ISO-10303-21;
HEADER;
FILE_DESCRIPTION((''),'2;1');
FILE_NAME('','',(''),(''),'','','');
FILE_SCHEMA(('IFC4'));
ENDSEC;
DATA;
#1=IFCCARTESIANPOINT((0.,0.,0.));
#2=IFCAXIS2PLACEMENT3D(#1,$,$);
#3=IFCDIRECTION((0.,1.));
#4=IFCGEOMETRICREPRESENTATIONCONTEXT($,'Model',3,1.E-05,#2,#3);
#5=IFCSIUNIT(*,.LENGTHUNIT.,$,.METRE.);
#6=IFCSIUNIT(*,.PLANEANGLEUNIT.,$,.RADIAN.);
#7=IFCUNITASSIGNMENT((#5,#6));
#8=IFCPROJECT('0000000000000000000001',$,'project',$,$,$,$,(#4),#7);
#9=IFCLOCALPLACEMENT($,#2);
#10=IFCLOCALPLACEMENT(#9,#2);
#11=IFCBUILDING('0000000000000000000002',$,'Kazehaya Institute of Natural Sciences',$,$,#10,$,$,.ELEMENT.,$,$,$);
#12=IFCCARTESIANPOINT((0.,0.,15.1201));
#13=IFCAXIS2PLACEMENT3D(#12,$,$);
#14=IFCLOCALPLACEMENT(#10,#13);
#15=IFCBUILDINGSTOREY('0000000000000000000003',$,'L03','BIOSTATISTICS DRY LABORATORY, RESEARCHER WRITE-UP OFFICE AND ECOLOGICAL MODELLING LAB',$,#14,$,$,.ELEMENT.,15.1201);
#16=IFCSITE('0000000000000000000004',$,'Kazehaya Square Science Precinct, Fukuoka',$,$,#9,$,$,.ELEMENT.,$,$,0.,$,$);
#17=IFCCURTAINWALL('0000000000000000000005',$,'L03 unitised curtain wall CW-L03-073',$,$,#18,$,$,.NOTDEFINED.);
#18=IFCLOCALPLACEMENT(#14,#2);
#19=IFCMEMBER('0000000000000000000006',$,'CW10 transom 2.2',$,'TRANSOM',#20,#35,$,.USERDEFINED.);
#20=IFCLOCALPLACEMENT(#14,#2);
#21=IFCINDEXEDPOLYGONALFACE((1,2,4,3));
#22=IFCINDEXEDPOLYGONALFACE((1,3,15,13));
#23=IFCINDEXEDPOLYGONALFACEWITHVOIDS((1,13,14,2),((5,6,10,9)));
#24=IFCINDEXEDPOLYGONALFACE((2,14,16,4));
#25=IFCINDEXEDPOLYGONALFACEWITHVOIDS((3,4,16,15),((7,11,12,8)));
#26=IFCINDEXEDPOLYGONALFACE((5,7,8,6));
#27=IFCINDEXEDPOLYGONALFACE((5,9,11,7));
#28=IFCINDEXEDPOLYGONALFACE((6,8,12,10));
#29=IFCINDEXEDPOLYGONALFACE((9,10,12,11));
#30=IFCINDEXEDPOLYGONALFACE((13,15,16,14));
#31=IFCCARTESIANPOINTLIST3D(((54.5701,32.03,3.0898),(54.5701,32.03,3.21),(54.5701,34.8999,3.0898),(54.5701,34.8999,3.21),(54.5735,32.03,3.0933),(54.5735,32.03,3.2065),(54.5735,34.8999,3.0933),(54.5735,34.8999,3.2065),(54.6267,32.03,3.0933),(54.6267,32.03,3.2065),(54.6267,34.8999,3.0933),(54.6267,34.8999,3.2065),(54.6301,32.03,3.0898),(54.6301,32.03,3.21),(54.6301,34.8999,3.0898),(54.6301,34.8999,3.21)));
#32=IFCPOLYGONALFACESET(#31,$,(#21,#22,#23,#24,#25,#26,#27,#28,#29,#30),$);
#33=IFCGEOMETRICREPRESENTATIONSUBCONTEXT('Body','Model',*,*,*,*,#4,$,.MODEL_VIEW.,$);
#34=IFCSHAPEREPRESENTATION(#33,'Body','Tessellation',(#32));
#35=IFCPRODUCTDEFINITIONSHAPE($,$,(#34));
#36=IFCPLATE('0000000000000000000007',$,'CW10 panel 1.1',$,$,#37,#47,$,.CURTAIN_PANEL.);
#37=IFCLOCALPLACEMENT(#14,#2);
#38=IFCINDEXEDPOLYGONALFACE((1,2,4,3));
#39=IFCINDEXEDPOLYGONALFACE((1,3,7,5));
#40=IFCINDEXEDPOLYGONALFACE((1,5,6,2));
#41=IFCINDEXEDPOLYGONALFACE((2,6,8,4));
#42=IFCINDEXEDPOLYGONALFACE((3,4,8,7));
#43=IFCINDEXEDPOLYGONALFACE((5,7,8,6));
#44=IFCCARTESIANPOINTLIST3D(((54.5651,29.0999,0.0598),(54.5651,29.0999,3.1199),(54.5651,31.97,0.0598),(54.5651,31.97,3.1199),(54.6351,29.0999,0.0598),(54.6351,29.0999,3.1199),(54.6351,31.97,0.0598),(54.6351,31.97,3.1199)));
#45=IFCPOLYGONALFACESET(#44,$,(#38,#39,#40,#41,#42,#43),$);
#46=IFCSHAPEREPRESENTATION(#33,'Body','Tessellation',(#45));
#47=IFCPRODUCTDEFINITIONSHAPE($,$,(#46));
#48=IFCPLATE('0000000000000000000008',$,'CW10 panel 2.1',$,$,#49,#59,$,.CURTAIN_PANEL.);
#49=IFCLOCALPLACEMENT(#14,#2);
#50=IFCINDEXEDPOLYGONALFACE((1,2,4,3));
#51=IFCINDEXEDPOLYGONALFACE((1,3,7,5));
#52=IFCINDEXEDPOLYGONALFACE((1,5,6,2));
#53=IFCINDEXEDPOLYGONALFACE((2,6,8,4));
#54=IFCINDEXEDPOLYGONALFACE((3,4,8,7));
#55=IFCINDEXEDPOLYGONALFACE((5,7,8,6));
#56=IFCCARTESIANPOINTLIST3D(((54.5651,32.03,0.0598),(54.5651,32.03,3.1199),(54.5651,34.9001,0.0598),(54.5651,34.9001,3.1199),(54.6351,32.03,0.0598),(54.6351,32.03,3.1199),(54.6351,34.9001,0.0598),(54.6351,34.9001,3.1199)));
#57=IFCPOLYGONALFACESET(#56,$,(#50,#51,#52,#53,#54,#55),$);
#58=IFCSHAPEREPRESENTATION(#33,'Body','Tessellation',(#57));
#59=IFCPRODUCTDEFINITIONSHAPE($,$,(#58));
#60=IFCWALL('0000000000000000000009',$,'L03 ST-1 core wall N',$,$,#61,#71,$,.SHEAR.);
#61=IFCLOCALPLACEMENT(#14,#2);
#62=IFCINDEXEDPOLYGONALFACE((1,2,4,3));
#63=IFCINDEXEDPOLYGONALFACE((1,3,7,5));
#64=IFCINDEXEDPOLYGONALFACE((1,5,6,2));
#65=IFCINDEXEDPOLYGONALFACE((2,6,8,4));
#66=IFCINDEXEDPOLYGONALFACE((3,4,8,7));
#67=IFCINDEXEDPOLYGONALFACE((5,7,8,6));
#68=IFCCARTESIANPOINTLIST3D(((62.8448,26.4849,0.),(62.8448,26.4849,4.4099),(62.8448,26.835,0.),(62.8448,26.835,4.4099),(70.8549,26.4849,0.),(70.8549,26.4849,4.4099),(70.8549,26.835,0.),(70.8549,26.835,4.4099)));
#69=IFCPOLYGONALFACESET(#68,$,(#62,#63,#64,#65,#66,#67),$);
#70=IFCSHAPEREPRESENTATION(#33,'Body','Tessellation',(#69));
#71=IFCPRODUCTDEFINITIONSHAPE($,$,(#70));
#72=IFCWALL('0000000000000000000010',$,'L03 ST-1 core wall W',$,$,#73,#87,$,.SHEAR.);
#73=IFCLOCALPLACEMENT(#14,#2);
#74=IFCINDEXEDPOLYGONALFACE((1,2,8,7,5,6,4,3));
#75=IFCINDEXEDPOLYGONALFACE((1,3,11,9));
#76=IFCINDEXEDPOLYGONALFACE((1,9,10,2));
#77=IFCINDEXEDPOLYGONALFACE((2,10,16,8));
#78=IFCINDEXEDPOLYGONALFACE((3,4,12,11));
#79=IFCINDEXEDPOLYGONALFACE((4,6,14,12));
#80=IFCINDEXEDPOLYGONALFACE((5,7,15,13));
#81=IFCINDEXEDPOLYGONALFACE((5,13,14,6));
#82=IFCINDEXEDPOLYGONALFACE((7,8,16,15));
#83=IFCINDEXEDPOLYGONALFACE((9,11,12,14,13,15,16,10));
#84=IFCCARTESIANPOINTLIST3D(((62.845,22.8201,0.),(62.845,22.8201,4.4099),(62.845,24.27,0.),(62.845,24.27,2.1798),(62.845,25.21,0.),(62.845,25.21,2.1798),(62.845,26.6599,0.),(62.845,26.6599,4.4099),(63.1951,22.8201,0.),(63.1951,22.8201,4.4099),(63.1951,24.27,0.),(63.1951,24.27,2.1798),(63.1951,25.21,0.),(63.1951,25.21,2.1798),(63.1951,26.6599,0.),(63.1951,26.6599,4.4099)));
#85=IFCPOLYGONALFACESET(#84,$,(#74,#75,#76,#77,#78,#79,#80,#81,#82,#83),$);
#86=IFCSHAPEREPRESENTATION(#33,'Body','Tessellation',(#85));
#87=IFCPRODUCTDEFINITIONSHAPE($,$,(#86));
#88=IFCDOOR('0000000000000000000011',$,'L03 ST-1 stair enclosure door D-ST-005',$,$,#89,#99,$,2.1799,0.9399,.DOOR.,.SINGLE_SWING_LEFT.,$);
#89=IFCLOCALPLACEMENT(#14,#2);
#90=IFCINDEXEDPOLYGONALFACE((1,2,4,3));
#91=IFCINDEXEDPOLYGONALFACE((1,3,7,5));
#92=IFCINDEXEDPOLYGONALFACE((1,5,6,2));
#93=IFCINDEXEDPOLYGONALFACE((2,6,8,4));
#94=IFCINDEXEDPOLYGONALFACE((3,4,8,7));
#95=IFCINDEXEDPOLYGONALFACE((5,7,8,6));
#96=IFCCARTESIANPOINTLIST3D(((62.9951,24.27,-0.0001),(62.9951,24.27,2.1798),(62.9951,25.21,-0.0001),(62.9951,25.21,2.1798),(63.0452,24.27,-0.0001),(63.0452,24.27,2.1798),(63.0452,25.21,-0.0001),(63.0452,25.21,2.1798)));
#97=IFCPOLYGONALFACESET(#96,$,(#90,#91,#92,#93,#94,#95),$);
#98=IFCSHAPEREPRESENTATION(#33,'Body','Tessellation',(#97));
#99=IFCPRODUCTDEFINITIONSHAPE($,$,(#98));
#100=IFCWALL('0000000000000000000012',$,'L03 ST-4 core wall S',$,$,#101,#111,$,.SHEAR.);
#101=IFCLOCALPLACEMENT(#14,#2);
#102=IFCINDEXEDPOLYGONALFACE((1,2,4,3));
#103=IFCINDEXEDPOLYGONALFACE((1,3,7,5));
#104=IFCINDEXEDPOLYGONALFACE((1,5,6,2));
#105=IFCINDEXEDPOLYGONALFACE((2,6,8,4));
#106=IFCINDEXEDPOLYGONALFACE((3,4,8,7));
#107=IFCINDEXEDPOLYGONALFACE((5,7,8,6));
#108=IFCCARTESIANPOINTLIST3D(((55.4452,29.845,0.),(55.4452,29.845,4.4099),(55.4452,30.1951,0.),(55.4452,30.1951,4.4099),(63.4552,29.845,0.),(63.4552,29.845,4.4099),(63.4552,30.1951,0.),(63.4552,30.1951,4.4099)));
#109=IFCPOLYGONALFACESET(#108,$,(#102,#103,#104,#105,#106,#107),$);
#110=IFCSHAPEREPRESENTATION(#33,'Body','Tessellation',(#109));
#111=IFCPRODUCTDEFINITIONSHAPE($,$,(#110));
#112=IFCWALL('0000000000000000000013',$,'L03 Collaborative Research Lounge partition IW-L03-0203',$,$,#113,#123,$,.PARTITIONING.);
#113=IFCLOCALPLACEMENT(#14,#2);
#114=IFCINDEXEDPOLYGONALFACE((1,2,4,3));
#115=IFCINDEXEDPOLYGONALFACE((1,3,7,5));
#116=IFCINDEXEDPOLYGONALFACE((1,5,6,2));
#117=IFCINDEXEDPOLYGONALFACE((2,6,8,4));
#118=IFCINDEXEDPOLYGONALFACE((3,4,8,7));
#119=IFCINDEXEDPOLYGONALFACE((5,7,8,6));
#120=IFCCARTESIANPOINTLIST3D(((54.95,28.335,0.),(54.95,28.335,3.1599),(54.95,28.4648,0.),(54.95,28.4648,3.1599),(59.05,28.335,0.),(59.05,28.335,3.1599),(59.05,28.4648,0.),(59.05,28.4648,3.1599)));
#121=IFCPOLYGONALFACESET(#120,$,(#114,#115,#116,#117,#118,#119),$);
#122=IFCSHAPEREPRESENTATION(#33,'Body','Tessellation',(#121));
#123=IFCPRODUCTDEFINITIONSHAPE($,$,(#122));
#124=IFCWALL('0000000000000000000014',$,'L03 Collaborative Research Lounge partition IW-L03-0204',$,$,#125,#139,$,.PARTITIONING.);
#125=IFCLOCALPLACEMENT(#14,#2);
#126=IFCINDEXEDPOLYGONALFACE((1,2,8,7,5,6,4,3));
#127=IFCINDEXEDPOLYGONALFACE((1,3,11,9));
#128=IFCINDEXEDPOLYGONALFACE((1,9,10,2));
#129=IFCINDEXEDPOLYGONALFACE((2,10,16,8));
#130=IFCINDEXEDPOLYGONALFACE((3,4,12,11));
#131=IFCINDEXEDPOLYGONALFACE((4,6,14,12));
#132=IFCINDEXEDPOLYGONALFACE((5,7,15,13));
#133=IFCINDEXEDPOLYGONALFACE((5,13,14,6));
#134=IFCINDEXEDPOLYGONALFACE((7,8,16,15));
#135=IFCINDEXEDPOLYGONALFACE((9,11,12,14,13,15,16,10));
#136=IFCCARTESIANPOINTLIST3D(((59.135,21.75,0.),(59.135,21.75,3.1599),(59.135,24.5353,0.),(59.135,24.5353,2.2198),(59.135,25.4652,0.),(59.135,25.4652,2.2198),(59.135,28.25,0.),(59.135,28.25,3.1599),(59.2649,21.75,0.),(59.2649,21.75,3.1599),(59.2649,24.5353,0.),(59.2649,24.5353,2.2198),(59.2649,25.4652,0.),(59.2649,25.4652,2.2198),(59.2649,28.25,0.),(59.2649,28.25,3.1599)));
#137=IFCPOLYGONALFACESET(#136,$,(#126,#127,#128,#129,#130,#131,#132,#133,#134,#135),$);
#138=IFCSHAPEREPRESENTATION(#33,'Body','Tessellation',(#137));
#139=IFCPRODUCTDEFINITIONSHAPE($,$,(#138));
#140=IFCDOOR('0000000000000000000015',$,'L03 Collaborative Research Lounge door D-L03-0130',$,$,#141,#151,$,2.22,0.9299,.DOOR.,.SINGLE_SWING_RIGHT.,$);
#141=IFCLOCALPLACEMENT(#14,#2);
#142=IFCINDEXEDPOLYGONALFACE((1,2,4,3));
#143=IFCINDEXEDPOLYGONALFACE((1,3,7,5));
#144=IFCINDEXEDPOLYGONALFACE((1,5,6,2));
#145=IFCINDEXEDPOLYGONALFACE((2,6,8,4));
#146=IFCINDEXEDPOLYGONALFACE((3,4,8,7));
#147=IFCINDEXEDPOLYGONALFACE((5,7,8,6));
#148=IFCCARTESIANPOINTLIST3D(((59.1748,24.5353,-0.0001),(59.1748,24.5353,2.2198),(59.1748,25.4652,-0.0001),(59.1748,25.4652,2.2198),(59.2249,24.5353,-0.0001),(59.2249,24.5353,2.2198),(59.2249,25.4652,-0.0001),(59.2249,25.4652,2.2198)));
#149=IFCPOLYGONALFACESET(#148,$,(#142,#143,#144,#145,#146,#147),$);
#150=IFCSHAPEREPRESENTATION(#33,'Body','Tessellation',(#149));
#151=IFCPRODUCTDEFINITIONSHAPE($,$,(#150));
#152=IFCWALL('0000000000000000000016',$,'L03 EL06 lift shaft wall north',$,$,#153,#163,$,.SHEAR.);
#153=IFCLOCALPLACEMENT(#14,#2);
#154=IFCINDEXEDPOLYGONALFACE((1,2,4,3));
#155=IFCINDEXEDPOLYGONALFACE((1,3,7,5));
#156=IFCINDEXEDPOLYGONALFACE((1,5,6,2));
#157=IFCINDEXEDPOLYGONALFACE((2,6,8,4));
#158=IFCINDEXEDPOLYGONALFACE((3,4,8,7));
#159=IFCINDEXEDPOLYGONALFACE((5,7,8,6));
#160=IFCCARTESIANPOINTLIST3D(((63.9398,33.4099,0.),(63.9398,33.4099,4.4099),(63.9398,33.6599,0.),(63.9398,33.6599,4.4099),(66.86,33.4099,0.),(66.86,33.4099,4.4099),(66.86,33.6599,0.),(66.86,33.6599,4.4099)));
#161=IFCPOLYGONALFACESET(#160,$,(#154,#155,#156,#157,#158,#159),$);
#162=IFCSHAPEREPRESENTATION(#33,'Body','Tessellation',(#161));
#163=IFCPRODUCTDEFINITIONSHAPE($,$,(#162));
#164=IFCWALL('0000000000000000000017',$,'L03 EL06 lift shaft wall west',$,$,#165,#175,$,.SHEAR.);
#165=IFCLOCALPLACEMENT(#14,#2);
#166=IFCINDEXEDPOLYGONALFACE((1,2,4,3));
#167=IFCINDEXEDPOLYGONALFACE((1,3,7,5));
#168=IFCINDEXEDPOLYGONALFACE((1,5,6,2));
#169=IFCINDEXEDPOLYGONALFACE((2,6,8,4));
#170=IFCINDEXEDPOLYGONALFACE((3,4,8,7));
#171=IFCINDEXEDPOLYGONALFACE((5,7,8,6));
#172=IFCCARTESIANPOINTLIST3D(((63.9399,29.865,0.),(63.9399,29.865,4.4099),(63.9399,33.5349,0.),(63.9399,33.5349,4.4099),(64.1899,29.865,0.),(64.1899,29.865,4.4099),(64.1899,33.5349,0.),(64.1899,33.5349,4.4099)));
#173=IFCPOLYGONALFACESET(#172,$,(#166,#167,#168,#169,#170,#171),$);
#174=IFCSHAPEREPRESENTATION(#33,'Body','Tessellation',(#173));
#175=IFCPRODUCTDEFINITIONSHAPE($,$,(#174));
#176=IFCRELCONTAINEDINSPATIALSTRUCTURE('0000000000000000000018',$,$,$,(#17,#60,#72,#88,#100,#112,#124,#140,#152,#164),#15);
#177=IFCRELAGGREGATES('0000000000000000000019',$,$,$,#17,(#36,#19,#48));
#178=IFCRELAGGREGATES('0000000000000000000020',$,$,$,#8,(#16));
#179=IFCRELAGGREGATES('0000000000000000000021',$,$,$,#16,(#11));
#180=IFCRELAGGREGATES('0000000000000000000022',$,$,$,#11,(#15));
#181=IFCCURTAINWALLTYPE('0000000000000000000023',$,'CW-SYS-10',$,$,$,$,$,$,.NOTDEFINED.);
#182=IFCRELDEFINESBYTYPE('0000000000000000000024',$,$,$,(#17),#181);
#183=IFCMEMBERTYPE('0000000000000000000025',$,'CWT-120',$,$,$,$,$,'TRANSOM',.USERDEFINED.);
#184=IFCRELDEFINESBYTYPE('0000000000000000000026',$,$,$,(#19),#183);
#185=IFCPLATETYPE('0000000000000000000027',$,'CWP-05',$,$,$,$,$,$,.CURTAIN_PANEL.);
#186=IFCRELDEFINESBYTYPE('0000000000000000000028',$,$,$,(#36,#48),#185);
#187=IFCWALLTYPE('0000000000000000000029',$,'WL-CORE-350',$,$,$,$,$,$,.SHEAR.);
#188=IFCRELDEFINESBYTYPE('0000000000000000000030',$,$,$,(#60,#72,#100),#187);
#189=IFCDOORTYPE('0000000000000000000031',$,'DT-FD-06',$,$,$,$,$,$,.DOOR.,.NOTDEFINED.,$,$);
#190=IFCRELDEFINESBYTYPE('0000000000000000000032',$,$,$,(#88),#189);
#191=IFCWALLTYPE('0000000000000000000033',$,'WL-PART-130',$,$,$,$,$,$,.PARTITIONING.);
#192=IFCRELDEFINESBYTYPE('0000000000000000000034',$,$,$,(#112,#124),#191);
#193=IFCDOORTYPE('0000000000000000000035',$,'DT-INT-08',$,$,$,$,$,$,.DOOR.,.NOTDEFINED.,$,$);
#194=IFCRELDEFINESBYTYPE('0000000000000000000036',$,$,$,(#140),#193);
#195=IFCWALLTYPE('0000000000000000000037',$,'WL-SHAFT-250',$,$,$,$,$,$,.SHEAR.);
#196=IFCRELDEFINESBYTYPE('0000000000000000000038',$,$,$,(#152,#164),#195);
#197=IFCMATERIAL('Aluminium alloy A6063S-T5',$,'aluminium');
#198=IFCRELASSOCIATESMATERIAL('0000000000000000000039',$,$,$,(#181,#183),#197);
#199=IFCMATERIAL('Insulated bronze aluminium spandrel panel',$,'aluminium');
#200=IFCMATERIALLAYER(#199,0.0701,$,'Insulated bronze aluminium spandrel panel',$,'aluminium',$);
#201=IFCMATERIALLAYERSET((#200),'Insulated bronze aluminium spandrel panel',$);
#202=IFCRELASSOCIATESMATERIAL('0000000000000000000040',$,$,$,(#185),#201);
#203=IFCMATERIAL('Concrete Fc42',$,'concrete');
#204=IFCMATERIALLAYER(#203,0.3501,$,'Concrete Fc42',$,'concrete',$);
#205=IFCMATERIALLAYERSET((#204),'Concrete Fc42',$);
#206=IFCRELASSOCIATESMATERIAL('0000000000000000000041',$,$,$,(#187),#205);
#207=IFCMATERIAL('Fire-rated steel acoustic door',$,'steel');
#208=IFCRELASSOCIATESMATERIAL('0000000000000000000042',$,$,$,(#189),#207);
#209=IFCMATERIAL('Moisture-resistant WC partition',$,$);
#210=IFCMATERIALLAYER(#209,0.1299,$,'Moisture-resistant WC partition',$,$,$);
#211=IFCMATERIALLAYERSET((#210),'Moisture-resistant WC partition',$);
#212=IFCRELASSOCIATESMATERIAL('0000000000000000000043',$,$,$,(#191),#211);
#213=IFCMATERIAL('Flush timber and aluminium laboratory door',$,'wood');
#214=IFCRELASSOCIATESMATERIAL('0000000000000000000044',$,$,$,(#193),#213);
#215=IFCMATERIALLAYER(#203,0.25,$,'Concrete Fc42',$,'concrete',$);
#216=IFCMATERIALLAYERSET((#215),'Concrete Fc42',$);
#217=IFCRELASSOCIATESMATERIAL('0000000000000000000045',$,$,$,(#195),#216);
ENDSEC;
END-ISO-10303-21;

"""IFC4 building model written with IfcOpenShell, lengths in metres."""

from ifc_helpers import new_model, si_unit, direction, frame, frame_2d, origin, origin_2d, place, context, subcontext, project, spatial, rectangle, hollow_rectangle, extrude, material, layer, layer_set, material_profile, profile_set, type_object, element, fill, aggregate, save


model = new_model("IFC4")

# Units and contexts
model_context = context("Model", 3, precision=1e-05, world=origin(), true_north=direction((0.0, 1.0)))
body_context = subcontext(model_context, "Body", "Model", "MODEL_VIEW")
ifc_project = project(units=[si_unit("LENGTHUNIT", "METRE"), si_unit("PLANEANGLEUNIT", "RADIAN")], contexts=[model_context])

# Site, building, storey
site_placement = place(None, origin())
site = spatial("IfcSite", under=ifc_project, at=site_placement, Name="Kazehaya Square Science Precinct, Fukuoka", CompositionType="ELEMENT", RefElevation=0.0)
building_placement = place(site_placement, origin())
building = spatial("IfcBuilding", under=site, at=building_placement, Name="Kazehaya Institute of Natural Sciences", CompositionType="ELEMENT")
storey_placement = place(building_placement, frame((0.0, 0.0, 15.1201)))
storey = spatial("IfcBuildingStorey", under=building, at=storey_placement, Name="L03", Description="BIOSTATISTICS DRY LABORATORY, RESEARCHER WRITE-UP OFFICE AND ECOLOGICAL MODELLING LAB", CompositionType="ELEMENT", Elevation=15.1201)

# Shared definitions
ifc_material_1 = material(Name="Concrete Fc42", Category="concrete")

# Curtain wall, member, plates
ifc_material_2 = material(Name="Aluminium alloy A6063S-T5", Category="aluminium")
curtain_wall_type = type_object("IfcCurtainWallType", Name="CW-SYS-10", PredefinedType="NOTDEFINED", material=ifc_material_2)
curtain_wall_placement = place(storey_placement, origin())
curtain_wall = element("IfcCurtainWall", 1, at=curtain_wall_placement, inside=storey, type_object=curtain_wall_type, Name="L03 unitised curtain wall CW-L03-073", PredefinedType="NOTDEFINED")
ifc_material_profile_1 = material_profile(ifc_material_2, hollow_rectangle(XDim=0.0601, YDim=0.1201, WallThickness=0.0034, at=origin_2d()), Name="ALU-60x120x3.5")
ifc_profile_set_1 = profile_set([ifc_material_profile_1], Name="Aluminium alloy A6063S-T5")
member_type_1 = type_object("IfcMemberType", Name="CWT-120", ElementType="TRANSOM", PredefinedType="USERDEFINED", material=ifc_profile_set_1)
member_1_placement = place(storey_placement, frame((54.6001, 32.03, 3.1499), z_axis=(0.0, 1.0, 0.0), x_axis=(-1.0, 0.0, 0.0)))
member_1 = element("IfcMember", 2, at=member_1_placement, type_object=member_type_1, Name="CW10 transom 2.2", ObjectType="TRANSOM", PredefinedType="USERDEFINED", context=body_context, shape_type="SweptSolid", body=[
    extrude(hollow_rectangle(XDim=0.0601, YDim=0.1201, WallThickness=0.0034, at=origin_2d()), origin(), (0.0, 0.0, 1.0), 2.8699),
])
ifc_material_3 = material(Name="Insulated bronze aluminium spandrel panel", Category="aluminium")
ifc_layer_1 = layer(ifc_material_3, 0.0701, Name="Insulated bronze aluminium spandrel panel", Category="aluminium")
ifc_layer_set_1 = layer_set([ifc_layer_1], Name="Insulated bronze aluminium spandrel panel")
plate_type = type_object("IfcPlateType", Name="CWP-05", PredefinedType="CURTAIN_PANEL", material=ifc_layer_set_1)
plate_1_placement = place(storey_placement, frame((54.6001, 30.5349, 0.0598), z_axis=(0.0, 0.0, 1.0), x_axis=(0.0, 1.0, 0.0)))
plate_1 = element("IfcPlate", 3, at=plate_1_placement, type_object=plate_type, Name="CW10 panel 1.1", PredefinedType="CURTAIN_PANEL", context=body_context, shape_type="SweptSolid", body=[
    extrude(rectangle(XDim=2.8701, YDim=0.0701, at=origin_2d()), origin(), (0.0, 0.0, 1.0), 3.0601),
])
plate_2_placement = place(storey_placement, frame((54.6001, 33.4651, 0.0598), z_axis=(0.0, 0.0, 1.0), x_axis=(0.0, 1.0, 0.0)))
plate_2 = element("IfcPlate", 4, at=plate_2_placement, type_object=plate_type, Name="CW10 panel 2.1", PredefinedType="CURTAIN_PANEL", context=body_context, shape_type="SweptSolid", body=[
    extrude(rectangle(XDim=2.8701, YDim=0.0701, at=origin_2d()), origin(), (0.0, 0.0, 1.0), 3.0601),
])
aggregate(curtain_wall, [plate_1, member_1, plate_2])

# Wall
ifc_layer_2 = layer(ifc_material_1, 0.3501, Name="Concrete Fc42", Category="concrete")
ifc_layer_set_2 = layer_set([ifc_layer_2], Name="Concrete Fc42")
wall_type_1 = type_object("IfcWallType", Name="WL-CORE-350", PredefinedType="SHEAR", material=ifc_layer_set_2)
wall_1_placement = place(storey_placement, frame((62.845, 26.6599, 0.0), z_axis=(0.0, 0.0, 1.0), x_axis=(1.0, 0.0, 0.0)))
element("IfcWall", 5, at=wall_1_placement, inside=storey, type_object=wall_type_1, Name="L03 ST-1 core wall N", PredefinedType="SHEAR", context=body_context, shape_type="SweptSolid", body=[
    extrude(rectangle(XDim=8.01, YDim=0.3501, at=frame_2d((4.0049, 0.0))), origin(), (0.0, 0.0, 1.0), 4.4099),
])

# Wall, opening, door
wall_2_placement = place(storey_placement, frame((63.02, 22.8201, 0.0), z_axis=(0.0, 0.0, 1.0), x_axis=(0.0, 1.0, 0.0)))
wall_2 = element("IfcWall", 6, at=wall_2_placement, inside=storey, type_object=wall_type_1, Name="L03 ST-1 core wall W", PredefinedType="SHEAR", context=body_context, shape_type="SweptSolid", body=[
    extrude(rectangle(XDim=3.8398, YDim=0.3501, at=frame_2d((1.9199, 0.0))), origin(), (0.0, 0.0, 1.0), 4.4099),
])
opening_1_placement = place(wall_2_placement, frame((1.45, 0.0, 0.0)))
opening_1 = element("IfcOpeningElement", 7, at=opening_1_placement, cuts=wall_2, PredefinedType="OPENING", context=body_context, shape_type="SweptSolid", body=[
    extrude(rectangle(XDim=0.9399, YDim=2.1799, at=frame_2d((0.47, 1.0898))), frame((0.0, 0.1851, 0.0), z_axis=(0.0, -1.0, 0.0), x_axis=(1.0, 0.0, 0.0)), (0.0, 0.0, 1.0), 0.3701),
])
ifc_material_4 = material(Name="Fire-rated steel acoustic door", Category="steel")
door_type_1 = type_object("IfcDoorType", Name="DT-FD-06", OperationType="NOTDEFINED", PredefinedType="DOOR", material=ifc_material_4)
door_1_placement = place(opening_1_placement, origin())
door_1 = element("IfcDoor", 8, at=door_1_placement, inside=storey, type_object=door_type_1, Name="L03 ST-1 stair enclosure door D-ST-005", OperationType="SINGLE_SWING_LEFT", OverallHeight=2.1799, OverallWidth=0.9399, PredefinedType="DOOR", context=body_context, shape_type="SweptSolid", body=[
    extrude(rectangle(XDim=0.9399, YDim=2.1799, at=frame_2d((0.47, 1.0898))), frame((0.0, 0.0249, 0.0), z_axis=(0.0, -1.0, 0.0), x_axis=(1.0, 0.0, 0.0)), (0.0, 0.0, 1.0), 0.05),
])
fill(opening_1, door_1)

# Wall
wall_3_placement = place(storey_placement, frame((63.4551, 30.02, 0.0), z_axis=(0.0, 0.0, 1.0), x_axis=(-1.0, 0.0, 0.0)))
element("IfcWall", 9, at=wall_3_placement, inside=storey, type_object=wall_type_1, Name="L03 ST-4 core wall S", PredefinedType="SHEAR", context=body_context, shape_type="SweptSolid", body=[
    extrude(rectangle(XDim=8.01, YDim=0.3501, at=frame_2d((4.0049, 0.0))), origin(), (0.0, 0.0, 1.0), 4.4099),
])

# Wall
ifc_material_5 = material(Name="Moisture-resistant WC partition")
ifc_layer_3 = layer(ifc_material_5, 0.1299, Name="Moisture-resistant WC partition")
ifc_layer_set_3 = layer_set([ifc_layer_3], Name="Moisture-resistant WC partition")
wall_type_2 = type_object("IfcWallType", Name="WL-PART-130", PredefinedType="PARTITIONING", material=ifc_layer_set_3)
wall_4_placement = place(storey_placement, frame((54.95, 28.3999, 0.0), z_axis=(0.0, 0.0, 1.0), x_axis=(1.0, 0.0, 0.0)))
element("IfcWall", 10, at=wall_4_placement, inside=storey, type_object=wall_type_2, Name="L03 Collaborative Research Lounge partition IW-L03-0203", PredefinedType="PARTITIONING", context=body_context, shape_type="SweptSolid", body=[
    extrude(rectangle(XDim=4.1001, YDim=0.1299, at=frame_2d((2.05, 0.0))), origin(), (0.0, 0.0, 1.0), 3.1599),
])

# Wall, opening, door
wall_5_placement = place(storey_placement, frame((59.2, 28.25, 0.0), z_axis=(0.0, 0.0, 1.0), x_axis=(0.0, -1.0, 0.0)))
wall_5 = element("IfcWall", 11, at=wall_5_placement, inside=storey, type_object=wall_type_2, Name="L03 Collaborative Research Lounge partition IW-L03-0204", PredefinedType="PARTITIONING", context=body_context, shape_type="SweptSolid", body=[
    extrude(rectangle(XDim=6.5, YDim=0.1299, at=frame_2d((3.25, 0.0))), origin(), (0.0, 0.0, 1.0), 3.1599),
])
opening_2_placement = place(wall_5_placement, frame((2.7849, 0.0, 0.0)))
opening_2 = element("IfcOpeningElement", 12, at=opening_2_placement, cuts=wall_5, PredefinedType="OPENING", context=body_context, shape_type="SweptSolid", body=[
    extrude(rectangle(XDim=0.9299, YDim=2.22, at=frame_2d((0.4648, 1.1099))), frame((0.0, 0.075, 0.0), z_axis=(0.0, -1.0, 0.0), x_axis=(1.0, 0.0, 0.0)), (0.0, 0.0, 1.0), 0.1499),
])
ifc_material_6 = material(Name="Flush timber and aluminium laboratory door", Category="wood")
door_type_2 = type_object("IfcDoorType", Name="DT-INT-08", OperationType="NOTDEFINED", PredefinedType="DOOR", material=ifc_material_6)
door_2_placement = place(opening_2_placement, origin())
door_2 = element("IfcDoor", 13, at=door_2_placement, inside=storey, type_object=door_type_2, Name="L03 Collaborative Research Lounge door D-L03-0130", OperationType="SINGLE_SWING_RIGHT", OverallHeight=2.22, OverallWidth=0.9299, PredefinedType="DOOR", context=body_context, shape_type="SweptSolid", body=[
    extrude(rectangle(XDim=0.9299, YDim=2.22, at=frame_2d((0.4648, 1.1099))), frame((0.0, 0.0249, 0.0), z_axis=(0.0, -1.0, 0.0), x_axis=(1.0, 0.0, 0.0)), (0.0, 0.0, 1.0), 0.05),
])
fill(opening_2, door_2)

# Walls
ifc_layer_4 = layer(ifc_material_1, 0.25, Name="Concrete Fc42", Category="concrete")
ifc_layer_set_4 = layer_set([ifc_layer_4], Name="Concrete Fc42")
wall_type_3 = type_object("IfcWallType", Name="WL-SHAFT-250", PredefinedType="SHEAR", material=ifc_layer_set_4)
wall_6_placement = place(storey_placement, frame((63.9399, 33.5349, 0.0), z_axis=(0.0, 0.0, 1.0), x_axis=(1.0, 0.0, 0.0)))
element("IfcWall", 14, at=wall_6_placement, inside=storey, type_object=wall_type_3, Name="L03 EL06 lift shaft wall north", PredefinedType="SHEAR", context=body_context, shape_type="SweptSolid", body=[
    extrude(rectangle(XDim=2.9202, YDim=0.25, at=frame_2d((1.46, 0.0))), origin(), (0.0, 0.0, 1.0), 4.4099),
])
wall_7_placement = place(storey_placement, frame((64.0649, 29.865, 0.0), z_axis=(0.0, 0.0, 1.0), x_axis=(0.0, 1.0, 0.0)))
element("IfcWall", 15, at=wall_7_placement, inside=storey, type_object=wall_type_3, Name="L03 EL06 lift shaft wall west", PredefinedType="SHEAR", context=body_context, shape_type="SweptSolid", body=[
    extrude(rectangle(XDim=3.6699, YDim=0.25, at=frame_2d((1.835, 0.0))), origin(), (0.0, 0.0, 1.0), 4.4099),
])

save(model, "model.ifc")
